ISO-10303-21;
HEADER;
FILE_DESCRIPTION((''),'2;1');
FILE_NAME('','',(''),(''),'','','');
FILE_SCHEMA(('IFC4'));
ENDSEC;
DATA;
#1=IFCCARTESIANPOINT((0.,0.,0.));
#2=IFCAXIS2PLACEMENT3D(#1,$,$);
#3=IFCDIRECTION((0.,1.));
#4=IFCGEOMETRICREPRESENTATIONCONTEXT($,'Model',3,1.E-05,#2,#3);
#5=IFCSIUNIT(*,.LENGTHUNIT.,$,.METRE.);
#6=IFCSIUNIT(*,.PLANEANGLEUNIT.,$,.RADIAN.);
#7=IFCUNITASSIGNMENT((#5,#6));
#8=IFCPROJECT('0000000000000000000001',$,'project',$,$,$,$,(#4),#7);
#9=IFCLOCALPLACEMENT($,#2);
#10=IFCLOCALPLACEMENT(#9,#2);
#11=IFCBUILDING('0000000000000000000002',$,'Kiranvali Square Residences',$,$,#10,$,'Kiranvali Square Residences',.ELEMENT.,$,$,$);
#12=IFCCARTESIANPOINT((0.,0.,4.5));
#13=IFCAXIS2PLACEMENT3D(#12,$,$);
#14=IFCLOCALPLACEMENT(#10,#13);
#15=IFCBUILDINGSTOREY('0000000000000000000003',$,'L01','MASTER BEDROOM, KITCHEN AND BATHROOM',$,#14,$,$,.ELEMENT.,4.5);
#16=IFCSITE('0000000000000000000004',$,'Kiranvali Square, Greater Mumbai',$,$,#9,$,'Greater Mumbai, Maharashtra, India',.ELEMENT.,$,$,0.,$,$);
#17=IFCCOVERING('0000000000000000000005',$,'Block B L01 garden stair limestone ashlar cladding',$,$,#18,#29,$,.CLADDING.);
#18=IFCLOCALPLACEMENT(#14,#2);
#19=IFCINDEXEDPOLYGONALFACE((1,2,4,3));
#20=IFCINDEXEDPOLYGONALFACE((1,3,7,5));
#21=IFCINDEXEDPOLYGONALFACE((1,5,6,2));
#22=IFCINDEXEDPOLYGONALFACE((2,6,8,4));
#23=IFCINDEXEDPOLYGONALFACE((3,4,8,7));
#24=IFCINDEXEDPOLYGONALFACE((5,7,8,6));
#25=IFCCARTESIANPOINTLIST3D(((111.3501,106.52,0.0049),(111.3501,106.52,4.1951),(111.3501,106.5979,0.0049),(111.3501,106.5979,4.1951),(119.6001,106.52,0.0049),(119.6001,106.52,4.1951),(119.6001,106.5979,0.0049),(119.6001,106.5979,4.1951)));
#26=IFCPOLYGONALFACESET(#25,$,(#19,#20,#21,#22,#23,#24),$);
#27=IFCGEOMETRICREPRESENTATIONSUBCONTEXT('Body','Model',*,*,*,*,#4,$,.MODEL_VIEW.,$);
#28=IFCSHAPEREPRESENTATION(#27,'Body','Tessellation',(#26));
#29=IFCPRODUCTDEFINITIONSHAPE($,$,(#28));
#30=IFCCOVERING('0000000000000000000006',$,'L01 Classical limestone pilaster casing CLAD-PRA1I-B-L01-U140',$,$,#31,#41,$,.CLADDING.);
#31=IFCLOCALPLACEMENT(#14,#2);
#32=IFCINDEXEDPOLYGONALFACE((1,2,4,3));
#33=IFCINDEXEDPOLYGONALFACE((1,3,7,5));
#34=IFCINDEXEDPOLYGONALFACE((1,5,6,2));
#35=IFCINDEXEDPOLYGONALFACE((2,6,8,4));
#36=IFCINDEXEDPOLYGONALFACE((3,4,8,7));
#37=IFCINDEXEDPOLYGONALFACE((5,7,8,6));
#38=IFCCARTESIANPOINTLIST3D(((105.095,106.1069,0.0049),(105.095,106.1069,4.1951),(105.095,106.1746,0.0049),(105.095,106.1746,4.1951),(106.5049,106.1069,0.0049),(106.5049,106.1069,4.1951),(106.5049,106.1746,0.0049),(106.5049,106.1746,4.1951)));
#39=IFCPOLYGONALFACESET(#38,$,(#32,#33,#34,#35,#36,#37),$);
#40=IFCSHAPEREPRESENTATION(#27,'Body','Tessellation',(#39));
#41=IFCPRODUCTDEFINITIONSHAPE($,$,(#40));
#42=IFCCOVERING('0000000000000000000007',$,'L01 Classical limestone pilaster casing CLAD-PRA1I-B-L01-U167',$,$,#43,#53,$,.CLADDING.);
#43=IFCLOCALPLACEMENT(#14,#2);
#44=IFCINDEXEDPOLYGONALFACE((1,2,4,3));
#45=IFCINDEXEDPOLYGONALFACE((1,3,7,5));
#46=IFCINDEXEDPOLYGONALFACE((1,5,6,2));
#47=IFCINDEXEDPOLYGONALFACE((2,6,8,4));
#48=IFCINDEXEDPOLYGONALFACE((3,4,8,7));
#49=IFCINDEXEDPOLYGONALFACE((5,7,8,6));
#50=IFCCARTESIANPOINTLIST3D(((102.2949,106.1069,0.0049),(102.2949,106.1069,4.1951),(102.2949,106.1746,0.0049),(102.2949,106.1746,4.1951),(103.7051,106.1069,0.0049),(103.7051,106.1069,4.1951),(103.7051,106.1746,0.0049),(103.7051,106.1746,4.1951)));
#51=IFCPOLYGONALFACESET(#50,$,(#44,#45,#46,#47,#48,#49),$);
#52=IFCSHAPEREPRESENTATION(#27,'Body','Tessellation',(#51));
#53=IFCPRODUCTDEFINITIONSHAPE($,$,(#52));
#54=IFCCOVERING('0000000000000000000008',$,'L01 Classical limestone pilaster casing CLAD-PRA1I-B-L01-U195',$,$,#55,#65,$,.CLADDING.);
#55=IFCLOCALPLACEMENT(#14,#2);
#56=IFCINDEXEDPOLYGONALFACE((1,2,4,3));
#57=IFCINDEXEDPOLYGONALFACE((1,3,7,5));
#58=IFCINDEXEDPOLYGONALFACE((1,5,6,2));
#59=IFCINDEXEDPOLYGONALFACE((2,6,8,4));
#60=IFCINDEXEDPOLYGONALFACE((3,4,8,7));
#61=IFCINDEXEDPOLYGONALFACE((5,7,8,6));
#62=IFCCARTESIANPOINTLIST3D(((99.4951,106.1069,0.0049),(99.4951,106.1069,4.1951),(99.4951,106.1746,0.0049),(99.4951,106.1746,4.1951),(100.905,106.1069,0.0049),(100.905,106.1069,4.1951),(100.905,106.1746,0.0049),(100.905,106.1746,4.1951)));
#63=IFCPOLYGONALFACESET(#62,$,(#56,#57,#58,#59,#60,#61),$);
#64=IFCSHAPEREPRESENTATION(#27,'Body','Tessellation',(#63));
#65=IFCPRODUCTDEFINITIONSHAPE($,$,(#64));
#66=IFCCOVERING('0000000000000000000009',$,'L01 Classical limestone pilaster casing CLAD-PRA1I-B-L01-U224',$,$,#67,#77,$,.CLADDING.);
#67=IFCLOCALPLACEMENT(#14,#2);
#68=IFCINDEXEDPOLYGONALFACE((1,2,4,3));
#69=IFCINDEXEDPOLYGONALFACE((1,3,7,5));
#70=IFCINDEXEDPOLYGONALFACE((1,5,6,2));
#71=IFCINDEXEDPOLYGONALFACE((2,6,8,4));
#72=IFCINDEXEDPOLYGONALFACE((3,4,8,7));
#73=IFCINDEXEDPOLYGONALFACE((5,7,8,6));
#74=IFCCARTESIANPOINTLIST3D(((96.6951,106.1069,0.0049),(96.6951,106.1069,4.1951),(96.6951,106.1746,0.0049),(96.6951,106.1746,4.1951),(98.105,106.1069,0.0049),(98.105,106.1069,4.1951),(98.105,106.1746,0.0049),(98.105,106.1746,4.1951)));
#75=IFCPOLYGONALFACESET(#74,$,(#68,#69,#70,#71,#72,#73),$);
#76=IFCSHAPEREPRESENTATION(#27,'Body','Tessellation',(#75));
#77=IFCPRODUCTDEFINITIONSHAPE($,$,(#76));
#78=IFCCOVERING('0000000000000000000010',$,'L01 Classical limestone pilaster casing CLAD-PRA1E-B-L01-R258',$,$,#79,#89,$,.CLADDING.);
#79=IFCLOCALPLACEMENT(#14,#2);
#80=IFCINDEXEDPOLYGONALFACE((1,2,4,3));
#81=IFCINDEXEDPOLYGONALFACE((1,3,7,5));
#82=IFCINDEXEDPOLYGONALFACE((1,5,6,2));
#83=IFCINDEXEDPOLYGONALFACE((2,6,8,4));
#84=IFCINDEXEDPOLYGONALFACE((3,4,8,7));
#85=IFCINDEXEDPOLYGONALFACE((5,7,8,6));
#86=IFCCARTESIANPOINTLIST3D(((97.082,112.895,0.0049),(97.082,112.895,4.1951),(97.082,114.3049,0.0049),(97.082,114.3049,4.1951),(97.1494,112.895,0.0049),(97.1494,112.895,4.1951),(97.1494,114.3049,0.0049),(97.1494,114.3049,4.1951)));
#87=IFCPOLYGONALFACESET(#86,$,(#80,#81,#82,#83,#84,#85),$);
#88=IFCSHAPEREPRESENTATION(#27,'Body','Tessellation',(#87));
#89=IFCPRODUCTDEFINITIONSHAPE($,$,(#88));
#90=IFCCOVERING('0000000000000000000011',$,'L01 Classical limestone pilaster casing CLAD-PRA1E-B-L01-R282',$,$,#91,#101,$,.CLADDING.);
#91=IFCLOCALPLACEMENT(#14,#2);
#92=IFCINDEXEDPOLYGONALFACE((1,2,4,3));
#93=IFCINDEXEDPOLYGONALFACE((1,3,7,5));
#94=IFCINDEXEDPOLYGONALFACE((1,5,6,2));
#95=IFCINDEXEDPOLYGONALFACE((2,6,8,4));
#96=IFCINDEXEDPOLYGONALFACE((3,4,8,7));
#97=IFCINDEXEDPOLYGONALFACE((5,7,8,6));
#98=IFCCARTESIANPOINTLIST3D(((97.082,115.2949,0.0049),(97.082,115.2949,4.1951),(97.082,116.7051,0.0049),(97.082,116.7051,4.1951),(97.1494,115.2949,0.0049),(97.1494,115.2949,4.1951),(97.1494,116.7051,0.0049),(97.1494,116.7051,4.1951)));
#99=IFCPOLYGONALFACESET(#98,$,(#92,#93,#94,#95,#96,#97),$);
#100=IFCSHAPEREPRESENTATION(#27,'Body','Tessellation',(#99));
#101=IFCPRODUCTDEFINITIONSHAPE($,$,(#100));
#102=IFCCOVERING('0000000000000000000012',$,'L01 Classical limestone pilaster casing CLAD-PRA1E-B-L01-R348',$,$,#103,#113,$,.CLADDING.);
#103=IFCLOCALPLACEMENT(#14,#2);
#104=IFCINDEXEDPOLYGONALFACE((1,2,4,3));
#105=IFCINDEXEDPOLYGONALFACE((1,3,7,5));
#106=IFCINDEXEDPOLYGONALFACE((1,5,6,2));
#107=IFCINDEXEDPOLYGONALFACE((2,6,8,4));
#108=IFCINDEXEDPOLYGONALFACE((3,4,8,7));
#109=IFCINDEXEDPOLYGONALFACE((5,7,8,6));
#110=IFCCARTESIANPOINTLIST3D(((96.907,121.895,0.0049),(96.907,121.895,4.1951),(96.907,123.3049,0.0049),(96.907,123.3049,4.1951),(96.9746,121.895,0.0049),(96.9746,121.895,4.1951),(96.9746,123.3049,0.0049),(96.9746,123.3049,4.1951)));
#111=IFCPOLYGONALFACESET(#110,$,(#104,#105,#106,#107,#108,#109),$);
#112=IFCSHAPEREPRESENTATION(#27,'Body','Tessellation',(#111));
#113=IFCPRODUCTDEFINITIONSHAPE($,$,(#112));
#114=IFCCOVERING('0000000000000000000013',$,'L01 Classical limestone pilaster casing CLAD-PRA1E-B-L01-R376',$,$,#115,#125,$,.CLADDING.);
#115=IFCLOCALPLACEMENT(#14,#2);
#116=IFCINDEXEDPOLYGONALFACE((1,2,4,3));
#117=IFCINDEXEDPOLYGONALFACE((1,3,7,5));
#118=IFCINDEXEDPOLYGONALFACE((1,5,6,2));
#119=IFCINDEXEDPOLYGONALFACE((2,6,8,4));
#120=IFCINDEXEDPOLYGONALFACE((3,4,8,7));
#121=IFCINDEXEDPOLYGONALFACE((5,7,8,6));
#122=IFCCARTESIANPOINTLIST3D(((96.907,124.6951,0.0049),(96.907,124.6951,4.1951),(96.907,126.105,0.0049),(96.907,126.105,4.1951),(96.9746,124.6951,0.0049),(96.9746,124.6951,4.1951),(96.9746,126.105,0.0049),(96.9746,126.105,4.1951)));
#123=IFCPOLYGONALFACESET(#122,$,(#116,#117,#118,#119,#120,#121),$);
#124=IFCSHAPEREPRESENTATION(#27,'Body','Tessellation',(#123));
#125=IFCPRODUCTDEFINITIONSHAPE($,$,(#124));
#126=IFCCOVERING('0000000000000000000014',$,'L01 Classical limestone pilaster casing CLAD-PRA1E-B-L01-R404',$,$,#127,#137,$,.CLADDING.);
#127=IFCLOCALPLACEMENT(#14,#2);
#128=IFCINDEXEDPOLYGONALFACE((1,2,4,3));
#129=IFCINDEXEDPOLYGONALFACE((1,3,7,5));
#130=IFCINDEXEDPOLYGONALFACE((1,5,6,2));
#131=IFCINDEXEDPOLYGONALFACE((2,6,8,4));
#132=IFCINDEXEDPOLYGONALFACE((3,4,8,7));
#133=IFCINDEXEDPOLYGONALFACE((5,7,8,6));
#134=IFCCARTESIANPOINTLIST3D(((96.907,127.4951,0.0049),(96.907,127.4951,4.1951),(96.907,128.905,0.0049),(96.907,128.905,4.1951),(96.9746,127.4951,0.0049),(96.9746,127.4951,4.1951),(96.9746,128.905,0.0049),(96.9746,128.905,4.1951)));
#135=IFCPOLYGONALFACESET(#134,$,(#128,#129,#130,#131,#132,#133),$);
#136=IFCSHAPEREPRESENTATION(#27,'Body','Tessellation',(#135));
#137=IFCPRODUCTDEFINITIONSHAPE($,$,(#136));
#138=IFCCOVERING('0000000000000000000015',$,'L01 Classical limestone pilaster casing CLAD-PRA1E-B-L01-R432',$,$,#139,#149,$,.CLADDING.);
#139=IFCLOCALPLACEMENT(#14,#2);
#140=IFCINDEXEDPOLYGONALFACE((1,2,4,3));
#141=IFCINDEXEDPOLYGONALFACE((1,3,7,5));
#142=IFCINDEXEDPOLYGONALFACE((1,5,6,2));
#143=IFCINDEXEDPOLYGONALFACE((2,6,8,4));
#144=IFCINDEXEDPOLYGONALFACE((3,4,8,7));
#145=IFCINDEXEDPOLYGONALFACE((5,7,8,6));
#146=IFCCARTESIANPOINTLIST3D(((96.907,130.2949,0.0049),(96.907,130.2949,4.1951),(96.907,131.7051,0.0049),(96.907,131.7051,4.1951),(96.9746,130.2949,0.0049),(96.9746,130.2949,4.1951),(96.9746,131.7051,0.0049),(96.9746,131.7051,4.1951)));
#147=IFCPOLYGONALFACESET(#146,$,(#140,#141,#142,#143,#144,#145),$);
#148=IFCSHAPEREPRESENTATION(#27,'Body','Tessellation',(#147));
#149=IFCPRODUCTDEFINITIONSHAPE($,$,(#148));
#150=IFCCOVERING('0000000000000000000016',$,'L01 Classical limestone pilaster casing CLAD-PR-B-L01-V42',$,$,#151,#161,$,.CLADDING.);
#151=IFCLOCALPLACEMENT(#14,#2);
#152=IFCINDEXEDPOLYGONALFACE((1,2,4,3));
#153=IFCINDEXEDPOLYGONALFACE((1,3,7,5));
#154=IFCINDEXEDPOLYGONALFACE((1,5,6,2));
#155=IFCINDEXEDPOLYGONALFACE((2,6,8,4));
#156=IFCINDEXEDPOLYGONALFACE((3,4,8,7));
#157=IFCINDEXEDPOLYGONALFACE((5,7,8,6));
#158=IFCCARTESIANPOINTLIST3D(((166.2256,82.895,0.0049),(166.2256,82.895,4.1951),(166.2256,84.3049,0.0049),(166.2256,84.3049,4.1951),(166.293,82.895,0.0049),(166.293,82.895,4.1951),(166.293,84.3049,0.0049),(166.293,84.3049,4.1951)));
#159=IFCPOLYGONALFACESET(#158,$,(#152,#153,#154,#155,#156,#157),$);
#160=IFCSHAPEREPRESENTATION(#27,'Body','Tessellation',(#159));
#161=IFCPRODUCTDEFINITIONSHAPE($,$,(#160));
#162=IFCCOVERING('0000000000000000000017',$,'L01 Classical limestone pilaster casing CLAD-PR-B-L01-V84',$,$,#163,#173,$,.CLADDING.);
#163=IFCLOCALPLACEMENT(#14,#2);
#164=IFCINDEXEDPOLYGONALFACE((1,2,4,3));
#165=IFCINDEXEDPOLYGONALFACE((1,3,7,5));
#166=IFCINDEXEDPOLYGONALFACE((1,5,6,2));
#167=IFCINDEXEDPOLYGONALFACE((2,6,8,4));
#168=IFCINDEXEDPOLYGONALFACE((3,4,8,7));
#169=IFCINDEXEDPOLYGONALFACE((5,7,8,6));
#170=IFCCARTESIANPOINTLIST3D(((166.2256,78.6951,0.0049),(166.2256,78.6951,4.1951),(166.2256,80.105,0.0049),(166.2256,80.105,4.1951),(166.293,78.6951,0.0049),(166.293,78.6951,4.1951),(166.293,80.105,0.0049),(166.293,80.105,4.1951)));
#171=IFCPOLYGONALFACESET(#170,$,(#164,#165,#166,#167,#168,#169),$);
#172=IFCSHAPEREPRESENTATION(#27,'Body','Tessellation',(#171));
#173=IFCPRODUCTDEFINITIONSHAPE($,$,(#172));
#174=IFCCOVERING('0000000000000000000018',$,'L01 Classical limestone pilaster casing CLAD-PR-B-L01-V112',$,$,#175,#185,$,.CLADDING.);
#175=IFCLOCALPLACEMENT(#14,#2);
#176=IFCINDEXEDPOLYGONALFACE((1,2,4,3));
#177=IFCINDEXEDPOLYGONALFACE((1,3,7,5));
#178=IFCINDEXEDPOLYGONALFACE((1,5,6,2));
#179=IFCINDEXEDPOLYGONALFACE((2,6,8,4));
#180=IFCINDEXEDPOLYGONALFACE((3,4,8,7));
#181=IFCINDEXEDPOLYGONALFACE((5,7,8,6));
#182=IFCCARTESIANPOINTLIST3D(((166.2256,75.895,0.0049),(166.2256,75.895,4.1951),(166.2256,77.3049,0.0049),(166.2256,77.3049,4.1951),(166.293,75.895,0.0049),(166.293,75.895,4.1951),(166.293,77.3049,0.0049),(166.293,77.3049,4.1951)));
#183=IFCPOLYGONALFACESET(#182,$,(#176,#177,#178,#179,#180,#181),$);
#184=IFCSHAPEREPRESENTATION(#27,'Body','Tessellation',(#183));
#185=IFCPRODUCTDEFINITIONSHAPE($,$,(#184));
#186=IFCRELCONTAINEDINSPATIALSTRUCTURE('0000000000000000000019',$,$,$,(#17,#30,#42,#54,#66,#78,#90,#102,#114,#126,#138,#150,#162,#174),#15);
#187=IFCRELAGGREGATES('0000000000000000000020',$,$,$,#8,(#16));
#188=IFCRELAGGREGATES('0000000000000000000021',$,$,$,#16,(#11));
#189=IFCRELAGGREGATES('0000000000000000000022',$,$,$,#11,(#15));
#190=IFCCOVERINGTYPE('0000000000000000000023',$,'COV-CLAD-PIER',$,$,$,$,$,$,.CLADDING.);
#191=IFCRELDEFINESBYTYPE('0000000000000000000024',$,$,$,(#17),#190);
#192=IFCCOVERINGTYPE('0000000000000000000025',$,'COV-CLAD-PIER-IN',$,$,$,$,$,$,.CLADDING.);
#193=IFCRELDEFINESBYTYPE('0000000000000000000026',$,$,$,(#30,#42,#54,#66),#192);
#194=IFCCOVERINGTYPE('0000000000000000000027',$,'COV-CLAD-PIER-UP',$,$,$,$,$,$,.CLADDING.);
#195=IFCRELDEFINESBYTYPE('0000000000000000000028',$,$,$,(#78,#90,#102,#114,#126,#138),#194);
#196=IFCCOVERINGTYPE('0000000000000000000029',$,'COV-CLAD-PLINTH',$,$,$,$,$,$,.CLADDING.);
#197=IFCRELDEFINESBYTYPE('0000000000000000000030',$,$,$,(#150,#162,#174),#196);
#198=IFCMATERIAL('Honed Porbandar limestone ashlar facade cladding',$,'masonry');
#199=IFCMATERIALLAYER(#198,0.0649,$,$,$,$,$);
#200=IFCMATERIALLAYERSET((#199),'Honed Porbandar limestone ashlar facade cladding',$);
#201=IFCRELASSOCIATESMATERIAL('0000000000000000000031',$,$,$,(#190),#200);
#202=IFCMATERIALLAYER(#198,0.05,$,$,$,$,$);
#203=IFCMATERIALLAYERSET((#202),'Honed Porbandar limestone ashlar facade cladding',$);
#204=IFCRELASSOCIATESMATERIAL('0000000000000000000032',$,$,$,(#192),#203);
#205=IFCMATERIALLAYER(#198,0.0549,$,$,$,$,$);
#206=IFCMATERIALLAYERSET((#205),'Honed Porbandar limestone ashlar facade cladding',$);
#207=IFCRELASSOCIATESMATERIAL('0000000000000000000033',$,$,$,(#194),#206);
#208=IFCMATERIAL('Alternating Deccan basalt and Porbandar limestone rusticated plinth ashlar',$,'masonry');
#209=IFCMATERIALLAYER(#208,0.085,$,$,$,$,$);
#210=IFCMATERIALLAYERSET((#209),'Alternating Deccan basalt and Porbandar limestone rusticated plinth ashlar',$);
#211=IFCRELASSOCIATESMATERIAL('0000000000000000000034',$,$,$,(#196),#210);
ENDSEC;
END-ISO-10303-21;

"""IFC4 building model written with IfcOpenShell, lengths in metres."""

from ifc_helpers import new_model, si_unit, direction, frame, origin, place, context, subcontext, project, spatial, polyline, outline, extrude, material, layer, layer_set, type_object, element, save


model = new_model("IFC4")

# Units and contexts
model_context = context("Model", 3, precision=1e-05, world=origin(), true_north=direction((0.0, 1.0)))
body_context = subcontext(model_context, "Body", "Model", "MODEL_VIEW")
ifc_project = project(units=[si_unit("LENGTHUNIT", "METRE"), si_unit("PLANEANGLEUNIT", "RADIAN")], contexts=[model_context])

# Site, building, storey
site_placement = place(None, origin())
site = spatial("IfcSite", under=ifc_project, at=site_placement, Name="Kiranvali Square, Greater Mumbai", LongName="Greater Mumbai, Maharashtra, India", CompositionType="ELEMENT", RefElevation=0.0)
building_placement = place(site_placement, origin())
building = spatial("IfcBuilding", under=site, at=building_placement, Name="Kiranvali Square Residences", LongName="Kiranvali Square Residences", CompositionType="ELEMENT")
storey_placement = place(building_placement, frame((0.0, 0.0, 4.5)))
storey = spatial("IfcBuildingStorey", under=building, at=storey_placement, Name="L01", Description="MASTER BEDROOM, KITCHEN AND BATHROOM", CompositionType="ELEMENT", Elevation=4.5)

# Coverings
ifc_material_1 = material(Name="Honed Porbandar limestone ashlar facade cladding", Category="masonry")
ifc_layer_1 = layer(ifc_material_1, 0.0649)
ifc_layer_set_1 = layer_set([ifc_layer_1], Name="Honed Porbandar limestone ashlar facade cladding")
covering_type_1 = type_object("IfcCoveringType", Name="COV-CLAD-PIER", PredefinedType="CLADDING", material=ifc_layer_set_1)
covering_1_placement = place(storey_placement, frame((0.0, 0.0, 0.0049)))
element("IfcCovering", 1, at=covering_1_placement, inside=storey, type_object=covering_type_1, Name="Block B L01 garden stair limestone ashlar cladding", PredefinedType="CLADDING", context=body_context, shape_type="SweptSolid", body=[
    extrude(outline(polyline([(119.6001, 106.5979), (111.3501, 106.5979), (111.3501, 106.52), (119.6001, 106.52), (119.6001, 106.5979)])), origin(), (0.0, 0.0, 1.0), 4.1902),
])
ifc_layer_2 = layer(ifc_material_1, 0.05)
ifc_layer_set_2 = layer_set([ifc_layer_2], Name="Honed Porbandar limestone ashlar facade cladding")
covering_type_2 = type_object("IfcCoveringType", Name="COV-CLAD-PIER-IN", PredefinedType="CLADDING", material=ifc_layer_set_2)
covering_2_placement = place(storey_placement, frame((0.0, 0.0, 0.0049)))
element("IfcCovering", 2, at=covering_2_placement, inside=storey, type_object=covering_type_2, Name="L01 Classical limestone pilaster casing CLAD-PRA1I-B-L01-U140", PredefinedType="CLADDING", context=body_context, shape_type="SweptSolid", body=[
    extrude(outline(polyline([(106.5049, 106.1746), (105.095, 106.1746), (105.095, 106.1069), (106.5049, 106.1069), (106.5049, 106.1746)])), origin(), (0.0, 0.0, 1.0), 4.1902),
])
covering_3_placement = place(storey_placement, frame((0.0, 0.0, 0.0049)))
element("IfcCovering", 3, at=covering_3_placement, inside=storey, type_object=covering_type_2, Name="L01 Classical limestone pilaster casing CLAD-PRA1I-B-L01-U167", PredefinedType="CLADDING", context=body_context, shape_type="SweptSolid", body=[
    extrude(outline(polyline([(103.7051, 106.1746), (102.2949, 106.1746), (102.2949, 106.1069), (103.7051, 106.1069), (103.7051, 106.1746)])), origin(), (0.0, 0.0, 1.0), 4.1902),
])
covering_4_placement = place(storey_placement, frame((0.0, 0.0, 0.0049)))
element("IfcCovering", 4, at=covering_4_placement, inside=storey, type_object=covering_type_2, Name="L01 Classical limestone pilaster casing CLAD-PRA1I-B-L01-U195", PredefinedType="CLADDING", context=body_context, shape_type="SweptSolid", body=[
    extrude(outline(polyline([(100.905, 106.1746), (99.4951, 106.1746), (99.4951, 106.1069), (100.905, 106.1069), (100.905, 106.1746)])), origin(), (0.0, 0.0, 1.0), 4.1902),
])
covering_5_placement = place(storey_placement, frame((0.0, 0.0, 0.0049)))
element("IfcCovering", 5, at=covering_5_placement, inside=storey, type_object=covering_type_2, Name="L01 Classical limestone pilaster casing CLAD-PRA1I-B-L01-U224", PredefinedType="CLADDING", context=body_context, shape_type="SweptSolid", body=[
    extrude(outline(polyline([(98.105, 106.1746), (96.6951, 106.1746), (96.6951, 106.1069), (98.105, 106.1069), (98.105, 106.1746)])), origin(), (0.0, 0.0, 1.0), 4.1902),
])
ifc_layer_3 = layer(ifc_material_1, 0.0549)
ifc_layer_set_3 = layer_set([ifc_layer_3], Name="Honed Porbandar limestone ashlar facade cladding")
covering_type_3 = type_object("IfcCoveringType", Name="COV-CLAD-PIER-UP", PredefinedType="CLADDING", material=ifc_layer_set_3)
covering_6_placement = place(storey_placement, frame((0.0, 0.0, 0.0049)))
element("IfcCovering", 6, at=covering_6_placement, inside=storey, type_object=covering_type_3, Name="L01 Classical limestone pilaster casing CLAD-PRA1E-B-L01-R258", PredefinedType="CLADDING", context=body_context, shape_type="SweptSolid", body=[
    extrude(outline(polyline([(97.1494, 112.895), (97.1494, 114.3049), (97.082, 114.3049), (97.082, 112.895), (97.1494, 112.895)])), origin(), (0.0, 0.0, 1.0), 4.1902),
])
covering_7_placement = place(storey_placement, frame((0.0, 0.0, 0.0049)))
element("IfcCovering", 7, at=covering_7_placement, inside=storey, type_object=covering_type_3, Name="L01 Classical limestone pilaster casing CLAD-PRA1E-B-L01-R282", PredefinedType="CLADDING", context=body_context, shape_type="SweptSolid", body=[
    extrude(outline(polyline([(97.1494, 115.2949), (97.1494, 116.7051), (97.082, 116.7051), (97.082, 115.2949), (97.1494, 115.2949)])), origin(), (0.0, 0.0, 1.0), 4.1902),
])
covering_8_placement = place(storey_placement, frame((0.0, 0.0, 0.0049)))
element("IfcCovering", 8, at=covering_8_placement, inside=storey, type_object=covering_type_3, Name="L01 Classical limestone pilaster casing CLAD-PRA1E-B-L01-R348", PredefinedType="CLADDING", context=body_context, shape_type="SweptSolid", body=[
    extrude(outline(polyline([(96.9746, 121.895), (96.9746, 123.3049), (96.907, 123.3049), (96.907, 121.895), (96.9746, 121.895)])), origin(), (0.0, 0.0, 1.0), 4.1902),
])
covering_9_placement = place(storey_placement, frame((0.0, 0.0, 0.0049)))
element("IfcCovering", 9, at=covering_9_placement, inside=storey, type_object=covering_type_3, Name="L01 Classical limestone pilaster casing CLAD-PRA1E-B-L01-R376", PredefinedType="CLADDING", context=body_context, shape_type="SweptSolid", body=[
    extrude(outline(polyline([(96.9746, 124.6951), (96.9746, 126.105), (96.907, 126.105), (96.907, 124.6951), (96.9746, 124.6951)])), origin(), (0.0, 0.0, 1.0), 4.1902),
])
covering_10_placement = place(storey_placement, frame((0.0, 0.0, 0.0049)))
element("IfcCovering", 10, at=covering_10_placement, inside=storey, type_object=covering_type_3, Name="L01 Classical limestone pilaster casing CLAD-PRA1E-B-L01-R404", PredefinedType="CLADDING", context=body_context, shape_type="SweptSolid", body=[
    extrude(outline(polyline([(96.9746, 127.4951), (96.9746, 128.905), (96.907, 128.905), (96.907, 127.4951), (96.9746, 127.4951)])), origin(), (0.0, 0.0, 1.0), 4.1902),
])
covering_11_placement = place(storey_placement, frame((0.0, 0.0, 0.0049)))
element("IfcCovering", 11, at=covering_11_placement, inside=storey, type_object=covering_type_3, Name="L01 Classical limestone pilaster casing CLAD-PRA1E-B-L01-R432", PredefinedType="CLADDING", context=body_context, shape_type="SweptSolid", body=[
    extrude(outline(polyline([(96.9746, 130.2949), (96.9746, 131.7051), (96.907, 131.7051), (96.907, 130.2949), (96.9746, 130.2949)])), origin(), (0.0, 0.0, 1.0), 4.1902),
])
ifc_material_2 = material(Name="Alternating Deccan basalt and Porbandar limestone rusticated plinth ashlar", Category="masonry")
ifc_layer_4 = layer(ifc_material_2, 0.085)
ifc_layer_set_4 = layer_set([ifc_layer_4], Name="Alternating Deccan basalt and Porbandar limestone rusticated plinth ashlar")
covering_type_4 = type_object("IfcCoveringType", Name="COV-CLAD-PLINTH", PredefinedType="CLADDING", material=ifc_layer_set_4)
covering_12_placement = place(storey_placement, frame((0.0, 0.0, 0.0049)))
element("IfcCovering", 12, at=covering_12_placement, inside=storey, type_object=covering_type_4, Name="L01 Classical limestone pilaster casing CLAD-PR-B-L01-V42", PredefinedType="CLADDING", context=body_context, shape_type="SweptSolid", body=[
    extrude(outline(polyline([(166.2256, 84.3049), (166.2256, 82.895), (166.293, 82.895), (166.293, 84.3049), (166.2256, 84.3049)])), origin(), (0.0, 0.0, 1.0), 4.1902),
])
covering_13_placement = place(storey_placement, frame((0.0, 0.0, 0.0049)))
element("IfcCovering", 13, at=covering_13_placement, inside=storey, type_object=covering_type_4, Name="L01 Classical limestone pilaster casing CLAD-PR-B-L01-V84", PredefinedType="CLADDING", context=body_context, shape_type="SweptSolid", body=[
    extrude(outline(polyline([(166.2256, 80.105), (166.2256, 78.6951), (166.293, 78.6951), (166.293, 80.105), (166.2256, 80.105)])), origin(), (0.0, 0.0, 1.0), 4.1902),
])
covering_14_placement = place(storey_placement, frame((0.0, 0.0, 0.0049)))
element("IfcCovering", 14, at=covering_14_placement, inside=storey, type_object=covering_type_4, Name="L01 Classical limestone pilaster casing CLAD-PR-B-L01-V112", PredefinedType="CLADDING", context=body_context, shape_type="SweptSolid", body=[
    extrude(outline(polyline([(166.2256, 77.3049), (166.2256, 75.895), (166.293, 75.895), (166.293, 77.3049), (166.2256, 77.3049)])), origin(), (0.0, 0.0, 1.0), 4.1902),
])

save(model, "model.ifc")
